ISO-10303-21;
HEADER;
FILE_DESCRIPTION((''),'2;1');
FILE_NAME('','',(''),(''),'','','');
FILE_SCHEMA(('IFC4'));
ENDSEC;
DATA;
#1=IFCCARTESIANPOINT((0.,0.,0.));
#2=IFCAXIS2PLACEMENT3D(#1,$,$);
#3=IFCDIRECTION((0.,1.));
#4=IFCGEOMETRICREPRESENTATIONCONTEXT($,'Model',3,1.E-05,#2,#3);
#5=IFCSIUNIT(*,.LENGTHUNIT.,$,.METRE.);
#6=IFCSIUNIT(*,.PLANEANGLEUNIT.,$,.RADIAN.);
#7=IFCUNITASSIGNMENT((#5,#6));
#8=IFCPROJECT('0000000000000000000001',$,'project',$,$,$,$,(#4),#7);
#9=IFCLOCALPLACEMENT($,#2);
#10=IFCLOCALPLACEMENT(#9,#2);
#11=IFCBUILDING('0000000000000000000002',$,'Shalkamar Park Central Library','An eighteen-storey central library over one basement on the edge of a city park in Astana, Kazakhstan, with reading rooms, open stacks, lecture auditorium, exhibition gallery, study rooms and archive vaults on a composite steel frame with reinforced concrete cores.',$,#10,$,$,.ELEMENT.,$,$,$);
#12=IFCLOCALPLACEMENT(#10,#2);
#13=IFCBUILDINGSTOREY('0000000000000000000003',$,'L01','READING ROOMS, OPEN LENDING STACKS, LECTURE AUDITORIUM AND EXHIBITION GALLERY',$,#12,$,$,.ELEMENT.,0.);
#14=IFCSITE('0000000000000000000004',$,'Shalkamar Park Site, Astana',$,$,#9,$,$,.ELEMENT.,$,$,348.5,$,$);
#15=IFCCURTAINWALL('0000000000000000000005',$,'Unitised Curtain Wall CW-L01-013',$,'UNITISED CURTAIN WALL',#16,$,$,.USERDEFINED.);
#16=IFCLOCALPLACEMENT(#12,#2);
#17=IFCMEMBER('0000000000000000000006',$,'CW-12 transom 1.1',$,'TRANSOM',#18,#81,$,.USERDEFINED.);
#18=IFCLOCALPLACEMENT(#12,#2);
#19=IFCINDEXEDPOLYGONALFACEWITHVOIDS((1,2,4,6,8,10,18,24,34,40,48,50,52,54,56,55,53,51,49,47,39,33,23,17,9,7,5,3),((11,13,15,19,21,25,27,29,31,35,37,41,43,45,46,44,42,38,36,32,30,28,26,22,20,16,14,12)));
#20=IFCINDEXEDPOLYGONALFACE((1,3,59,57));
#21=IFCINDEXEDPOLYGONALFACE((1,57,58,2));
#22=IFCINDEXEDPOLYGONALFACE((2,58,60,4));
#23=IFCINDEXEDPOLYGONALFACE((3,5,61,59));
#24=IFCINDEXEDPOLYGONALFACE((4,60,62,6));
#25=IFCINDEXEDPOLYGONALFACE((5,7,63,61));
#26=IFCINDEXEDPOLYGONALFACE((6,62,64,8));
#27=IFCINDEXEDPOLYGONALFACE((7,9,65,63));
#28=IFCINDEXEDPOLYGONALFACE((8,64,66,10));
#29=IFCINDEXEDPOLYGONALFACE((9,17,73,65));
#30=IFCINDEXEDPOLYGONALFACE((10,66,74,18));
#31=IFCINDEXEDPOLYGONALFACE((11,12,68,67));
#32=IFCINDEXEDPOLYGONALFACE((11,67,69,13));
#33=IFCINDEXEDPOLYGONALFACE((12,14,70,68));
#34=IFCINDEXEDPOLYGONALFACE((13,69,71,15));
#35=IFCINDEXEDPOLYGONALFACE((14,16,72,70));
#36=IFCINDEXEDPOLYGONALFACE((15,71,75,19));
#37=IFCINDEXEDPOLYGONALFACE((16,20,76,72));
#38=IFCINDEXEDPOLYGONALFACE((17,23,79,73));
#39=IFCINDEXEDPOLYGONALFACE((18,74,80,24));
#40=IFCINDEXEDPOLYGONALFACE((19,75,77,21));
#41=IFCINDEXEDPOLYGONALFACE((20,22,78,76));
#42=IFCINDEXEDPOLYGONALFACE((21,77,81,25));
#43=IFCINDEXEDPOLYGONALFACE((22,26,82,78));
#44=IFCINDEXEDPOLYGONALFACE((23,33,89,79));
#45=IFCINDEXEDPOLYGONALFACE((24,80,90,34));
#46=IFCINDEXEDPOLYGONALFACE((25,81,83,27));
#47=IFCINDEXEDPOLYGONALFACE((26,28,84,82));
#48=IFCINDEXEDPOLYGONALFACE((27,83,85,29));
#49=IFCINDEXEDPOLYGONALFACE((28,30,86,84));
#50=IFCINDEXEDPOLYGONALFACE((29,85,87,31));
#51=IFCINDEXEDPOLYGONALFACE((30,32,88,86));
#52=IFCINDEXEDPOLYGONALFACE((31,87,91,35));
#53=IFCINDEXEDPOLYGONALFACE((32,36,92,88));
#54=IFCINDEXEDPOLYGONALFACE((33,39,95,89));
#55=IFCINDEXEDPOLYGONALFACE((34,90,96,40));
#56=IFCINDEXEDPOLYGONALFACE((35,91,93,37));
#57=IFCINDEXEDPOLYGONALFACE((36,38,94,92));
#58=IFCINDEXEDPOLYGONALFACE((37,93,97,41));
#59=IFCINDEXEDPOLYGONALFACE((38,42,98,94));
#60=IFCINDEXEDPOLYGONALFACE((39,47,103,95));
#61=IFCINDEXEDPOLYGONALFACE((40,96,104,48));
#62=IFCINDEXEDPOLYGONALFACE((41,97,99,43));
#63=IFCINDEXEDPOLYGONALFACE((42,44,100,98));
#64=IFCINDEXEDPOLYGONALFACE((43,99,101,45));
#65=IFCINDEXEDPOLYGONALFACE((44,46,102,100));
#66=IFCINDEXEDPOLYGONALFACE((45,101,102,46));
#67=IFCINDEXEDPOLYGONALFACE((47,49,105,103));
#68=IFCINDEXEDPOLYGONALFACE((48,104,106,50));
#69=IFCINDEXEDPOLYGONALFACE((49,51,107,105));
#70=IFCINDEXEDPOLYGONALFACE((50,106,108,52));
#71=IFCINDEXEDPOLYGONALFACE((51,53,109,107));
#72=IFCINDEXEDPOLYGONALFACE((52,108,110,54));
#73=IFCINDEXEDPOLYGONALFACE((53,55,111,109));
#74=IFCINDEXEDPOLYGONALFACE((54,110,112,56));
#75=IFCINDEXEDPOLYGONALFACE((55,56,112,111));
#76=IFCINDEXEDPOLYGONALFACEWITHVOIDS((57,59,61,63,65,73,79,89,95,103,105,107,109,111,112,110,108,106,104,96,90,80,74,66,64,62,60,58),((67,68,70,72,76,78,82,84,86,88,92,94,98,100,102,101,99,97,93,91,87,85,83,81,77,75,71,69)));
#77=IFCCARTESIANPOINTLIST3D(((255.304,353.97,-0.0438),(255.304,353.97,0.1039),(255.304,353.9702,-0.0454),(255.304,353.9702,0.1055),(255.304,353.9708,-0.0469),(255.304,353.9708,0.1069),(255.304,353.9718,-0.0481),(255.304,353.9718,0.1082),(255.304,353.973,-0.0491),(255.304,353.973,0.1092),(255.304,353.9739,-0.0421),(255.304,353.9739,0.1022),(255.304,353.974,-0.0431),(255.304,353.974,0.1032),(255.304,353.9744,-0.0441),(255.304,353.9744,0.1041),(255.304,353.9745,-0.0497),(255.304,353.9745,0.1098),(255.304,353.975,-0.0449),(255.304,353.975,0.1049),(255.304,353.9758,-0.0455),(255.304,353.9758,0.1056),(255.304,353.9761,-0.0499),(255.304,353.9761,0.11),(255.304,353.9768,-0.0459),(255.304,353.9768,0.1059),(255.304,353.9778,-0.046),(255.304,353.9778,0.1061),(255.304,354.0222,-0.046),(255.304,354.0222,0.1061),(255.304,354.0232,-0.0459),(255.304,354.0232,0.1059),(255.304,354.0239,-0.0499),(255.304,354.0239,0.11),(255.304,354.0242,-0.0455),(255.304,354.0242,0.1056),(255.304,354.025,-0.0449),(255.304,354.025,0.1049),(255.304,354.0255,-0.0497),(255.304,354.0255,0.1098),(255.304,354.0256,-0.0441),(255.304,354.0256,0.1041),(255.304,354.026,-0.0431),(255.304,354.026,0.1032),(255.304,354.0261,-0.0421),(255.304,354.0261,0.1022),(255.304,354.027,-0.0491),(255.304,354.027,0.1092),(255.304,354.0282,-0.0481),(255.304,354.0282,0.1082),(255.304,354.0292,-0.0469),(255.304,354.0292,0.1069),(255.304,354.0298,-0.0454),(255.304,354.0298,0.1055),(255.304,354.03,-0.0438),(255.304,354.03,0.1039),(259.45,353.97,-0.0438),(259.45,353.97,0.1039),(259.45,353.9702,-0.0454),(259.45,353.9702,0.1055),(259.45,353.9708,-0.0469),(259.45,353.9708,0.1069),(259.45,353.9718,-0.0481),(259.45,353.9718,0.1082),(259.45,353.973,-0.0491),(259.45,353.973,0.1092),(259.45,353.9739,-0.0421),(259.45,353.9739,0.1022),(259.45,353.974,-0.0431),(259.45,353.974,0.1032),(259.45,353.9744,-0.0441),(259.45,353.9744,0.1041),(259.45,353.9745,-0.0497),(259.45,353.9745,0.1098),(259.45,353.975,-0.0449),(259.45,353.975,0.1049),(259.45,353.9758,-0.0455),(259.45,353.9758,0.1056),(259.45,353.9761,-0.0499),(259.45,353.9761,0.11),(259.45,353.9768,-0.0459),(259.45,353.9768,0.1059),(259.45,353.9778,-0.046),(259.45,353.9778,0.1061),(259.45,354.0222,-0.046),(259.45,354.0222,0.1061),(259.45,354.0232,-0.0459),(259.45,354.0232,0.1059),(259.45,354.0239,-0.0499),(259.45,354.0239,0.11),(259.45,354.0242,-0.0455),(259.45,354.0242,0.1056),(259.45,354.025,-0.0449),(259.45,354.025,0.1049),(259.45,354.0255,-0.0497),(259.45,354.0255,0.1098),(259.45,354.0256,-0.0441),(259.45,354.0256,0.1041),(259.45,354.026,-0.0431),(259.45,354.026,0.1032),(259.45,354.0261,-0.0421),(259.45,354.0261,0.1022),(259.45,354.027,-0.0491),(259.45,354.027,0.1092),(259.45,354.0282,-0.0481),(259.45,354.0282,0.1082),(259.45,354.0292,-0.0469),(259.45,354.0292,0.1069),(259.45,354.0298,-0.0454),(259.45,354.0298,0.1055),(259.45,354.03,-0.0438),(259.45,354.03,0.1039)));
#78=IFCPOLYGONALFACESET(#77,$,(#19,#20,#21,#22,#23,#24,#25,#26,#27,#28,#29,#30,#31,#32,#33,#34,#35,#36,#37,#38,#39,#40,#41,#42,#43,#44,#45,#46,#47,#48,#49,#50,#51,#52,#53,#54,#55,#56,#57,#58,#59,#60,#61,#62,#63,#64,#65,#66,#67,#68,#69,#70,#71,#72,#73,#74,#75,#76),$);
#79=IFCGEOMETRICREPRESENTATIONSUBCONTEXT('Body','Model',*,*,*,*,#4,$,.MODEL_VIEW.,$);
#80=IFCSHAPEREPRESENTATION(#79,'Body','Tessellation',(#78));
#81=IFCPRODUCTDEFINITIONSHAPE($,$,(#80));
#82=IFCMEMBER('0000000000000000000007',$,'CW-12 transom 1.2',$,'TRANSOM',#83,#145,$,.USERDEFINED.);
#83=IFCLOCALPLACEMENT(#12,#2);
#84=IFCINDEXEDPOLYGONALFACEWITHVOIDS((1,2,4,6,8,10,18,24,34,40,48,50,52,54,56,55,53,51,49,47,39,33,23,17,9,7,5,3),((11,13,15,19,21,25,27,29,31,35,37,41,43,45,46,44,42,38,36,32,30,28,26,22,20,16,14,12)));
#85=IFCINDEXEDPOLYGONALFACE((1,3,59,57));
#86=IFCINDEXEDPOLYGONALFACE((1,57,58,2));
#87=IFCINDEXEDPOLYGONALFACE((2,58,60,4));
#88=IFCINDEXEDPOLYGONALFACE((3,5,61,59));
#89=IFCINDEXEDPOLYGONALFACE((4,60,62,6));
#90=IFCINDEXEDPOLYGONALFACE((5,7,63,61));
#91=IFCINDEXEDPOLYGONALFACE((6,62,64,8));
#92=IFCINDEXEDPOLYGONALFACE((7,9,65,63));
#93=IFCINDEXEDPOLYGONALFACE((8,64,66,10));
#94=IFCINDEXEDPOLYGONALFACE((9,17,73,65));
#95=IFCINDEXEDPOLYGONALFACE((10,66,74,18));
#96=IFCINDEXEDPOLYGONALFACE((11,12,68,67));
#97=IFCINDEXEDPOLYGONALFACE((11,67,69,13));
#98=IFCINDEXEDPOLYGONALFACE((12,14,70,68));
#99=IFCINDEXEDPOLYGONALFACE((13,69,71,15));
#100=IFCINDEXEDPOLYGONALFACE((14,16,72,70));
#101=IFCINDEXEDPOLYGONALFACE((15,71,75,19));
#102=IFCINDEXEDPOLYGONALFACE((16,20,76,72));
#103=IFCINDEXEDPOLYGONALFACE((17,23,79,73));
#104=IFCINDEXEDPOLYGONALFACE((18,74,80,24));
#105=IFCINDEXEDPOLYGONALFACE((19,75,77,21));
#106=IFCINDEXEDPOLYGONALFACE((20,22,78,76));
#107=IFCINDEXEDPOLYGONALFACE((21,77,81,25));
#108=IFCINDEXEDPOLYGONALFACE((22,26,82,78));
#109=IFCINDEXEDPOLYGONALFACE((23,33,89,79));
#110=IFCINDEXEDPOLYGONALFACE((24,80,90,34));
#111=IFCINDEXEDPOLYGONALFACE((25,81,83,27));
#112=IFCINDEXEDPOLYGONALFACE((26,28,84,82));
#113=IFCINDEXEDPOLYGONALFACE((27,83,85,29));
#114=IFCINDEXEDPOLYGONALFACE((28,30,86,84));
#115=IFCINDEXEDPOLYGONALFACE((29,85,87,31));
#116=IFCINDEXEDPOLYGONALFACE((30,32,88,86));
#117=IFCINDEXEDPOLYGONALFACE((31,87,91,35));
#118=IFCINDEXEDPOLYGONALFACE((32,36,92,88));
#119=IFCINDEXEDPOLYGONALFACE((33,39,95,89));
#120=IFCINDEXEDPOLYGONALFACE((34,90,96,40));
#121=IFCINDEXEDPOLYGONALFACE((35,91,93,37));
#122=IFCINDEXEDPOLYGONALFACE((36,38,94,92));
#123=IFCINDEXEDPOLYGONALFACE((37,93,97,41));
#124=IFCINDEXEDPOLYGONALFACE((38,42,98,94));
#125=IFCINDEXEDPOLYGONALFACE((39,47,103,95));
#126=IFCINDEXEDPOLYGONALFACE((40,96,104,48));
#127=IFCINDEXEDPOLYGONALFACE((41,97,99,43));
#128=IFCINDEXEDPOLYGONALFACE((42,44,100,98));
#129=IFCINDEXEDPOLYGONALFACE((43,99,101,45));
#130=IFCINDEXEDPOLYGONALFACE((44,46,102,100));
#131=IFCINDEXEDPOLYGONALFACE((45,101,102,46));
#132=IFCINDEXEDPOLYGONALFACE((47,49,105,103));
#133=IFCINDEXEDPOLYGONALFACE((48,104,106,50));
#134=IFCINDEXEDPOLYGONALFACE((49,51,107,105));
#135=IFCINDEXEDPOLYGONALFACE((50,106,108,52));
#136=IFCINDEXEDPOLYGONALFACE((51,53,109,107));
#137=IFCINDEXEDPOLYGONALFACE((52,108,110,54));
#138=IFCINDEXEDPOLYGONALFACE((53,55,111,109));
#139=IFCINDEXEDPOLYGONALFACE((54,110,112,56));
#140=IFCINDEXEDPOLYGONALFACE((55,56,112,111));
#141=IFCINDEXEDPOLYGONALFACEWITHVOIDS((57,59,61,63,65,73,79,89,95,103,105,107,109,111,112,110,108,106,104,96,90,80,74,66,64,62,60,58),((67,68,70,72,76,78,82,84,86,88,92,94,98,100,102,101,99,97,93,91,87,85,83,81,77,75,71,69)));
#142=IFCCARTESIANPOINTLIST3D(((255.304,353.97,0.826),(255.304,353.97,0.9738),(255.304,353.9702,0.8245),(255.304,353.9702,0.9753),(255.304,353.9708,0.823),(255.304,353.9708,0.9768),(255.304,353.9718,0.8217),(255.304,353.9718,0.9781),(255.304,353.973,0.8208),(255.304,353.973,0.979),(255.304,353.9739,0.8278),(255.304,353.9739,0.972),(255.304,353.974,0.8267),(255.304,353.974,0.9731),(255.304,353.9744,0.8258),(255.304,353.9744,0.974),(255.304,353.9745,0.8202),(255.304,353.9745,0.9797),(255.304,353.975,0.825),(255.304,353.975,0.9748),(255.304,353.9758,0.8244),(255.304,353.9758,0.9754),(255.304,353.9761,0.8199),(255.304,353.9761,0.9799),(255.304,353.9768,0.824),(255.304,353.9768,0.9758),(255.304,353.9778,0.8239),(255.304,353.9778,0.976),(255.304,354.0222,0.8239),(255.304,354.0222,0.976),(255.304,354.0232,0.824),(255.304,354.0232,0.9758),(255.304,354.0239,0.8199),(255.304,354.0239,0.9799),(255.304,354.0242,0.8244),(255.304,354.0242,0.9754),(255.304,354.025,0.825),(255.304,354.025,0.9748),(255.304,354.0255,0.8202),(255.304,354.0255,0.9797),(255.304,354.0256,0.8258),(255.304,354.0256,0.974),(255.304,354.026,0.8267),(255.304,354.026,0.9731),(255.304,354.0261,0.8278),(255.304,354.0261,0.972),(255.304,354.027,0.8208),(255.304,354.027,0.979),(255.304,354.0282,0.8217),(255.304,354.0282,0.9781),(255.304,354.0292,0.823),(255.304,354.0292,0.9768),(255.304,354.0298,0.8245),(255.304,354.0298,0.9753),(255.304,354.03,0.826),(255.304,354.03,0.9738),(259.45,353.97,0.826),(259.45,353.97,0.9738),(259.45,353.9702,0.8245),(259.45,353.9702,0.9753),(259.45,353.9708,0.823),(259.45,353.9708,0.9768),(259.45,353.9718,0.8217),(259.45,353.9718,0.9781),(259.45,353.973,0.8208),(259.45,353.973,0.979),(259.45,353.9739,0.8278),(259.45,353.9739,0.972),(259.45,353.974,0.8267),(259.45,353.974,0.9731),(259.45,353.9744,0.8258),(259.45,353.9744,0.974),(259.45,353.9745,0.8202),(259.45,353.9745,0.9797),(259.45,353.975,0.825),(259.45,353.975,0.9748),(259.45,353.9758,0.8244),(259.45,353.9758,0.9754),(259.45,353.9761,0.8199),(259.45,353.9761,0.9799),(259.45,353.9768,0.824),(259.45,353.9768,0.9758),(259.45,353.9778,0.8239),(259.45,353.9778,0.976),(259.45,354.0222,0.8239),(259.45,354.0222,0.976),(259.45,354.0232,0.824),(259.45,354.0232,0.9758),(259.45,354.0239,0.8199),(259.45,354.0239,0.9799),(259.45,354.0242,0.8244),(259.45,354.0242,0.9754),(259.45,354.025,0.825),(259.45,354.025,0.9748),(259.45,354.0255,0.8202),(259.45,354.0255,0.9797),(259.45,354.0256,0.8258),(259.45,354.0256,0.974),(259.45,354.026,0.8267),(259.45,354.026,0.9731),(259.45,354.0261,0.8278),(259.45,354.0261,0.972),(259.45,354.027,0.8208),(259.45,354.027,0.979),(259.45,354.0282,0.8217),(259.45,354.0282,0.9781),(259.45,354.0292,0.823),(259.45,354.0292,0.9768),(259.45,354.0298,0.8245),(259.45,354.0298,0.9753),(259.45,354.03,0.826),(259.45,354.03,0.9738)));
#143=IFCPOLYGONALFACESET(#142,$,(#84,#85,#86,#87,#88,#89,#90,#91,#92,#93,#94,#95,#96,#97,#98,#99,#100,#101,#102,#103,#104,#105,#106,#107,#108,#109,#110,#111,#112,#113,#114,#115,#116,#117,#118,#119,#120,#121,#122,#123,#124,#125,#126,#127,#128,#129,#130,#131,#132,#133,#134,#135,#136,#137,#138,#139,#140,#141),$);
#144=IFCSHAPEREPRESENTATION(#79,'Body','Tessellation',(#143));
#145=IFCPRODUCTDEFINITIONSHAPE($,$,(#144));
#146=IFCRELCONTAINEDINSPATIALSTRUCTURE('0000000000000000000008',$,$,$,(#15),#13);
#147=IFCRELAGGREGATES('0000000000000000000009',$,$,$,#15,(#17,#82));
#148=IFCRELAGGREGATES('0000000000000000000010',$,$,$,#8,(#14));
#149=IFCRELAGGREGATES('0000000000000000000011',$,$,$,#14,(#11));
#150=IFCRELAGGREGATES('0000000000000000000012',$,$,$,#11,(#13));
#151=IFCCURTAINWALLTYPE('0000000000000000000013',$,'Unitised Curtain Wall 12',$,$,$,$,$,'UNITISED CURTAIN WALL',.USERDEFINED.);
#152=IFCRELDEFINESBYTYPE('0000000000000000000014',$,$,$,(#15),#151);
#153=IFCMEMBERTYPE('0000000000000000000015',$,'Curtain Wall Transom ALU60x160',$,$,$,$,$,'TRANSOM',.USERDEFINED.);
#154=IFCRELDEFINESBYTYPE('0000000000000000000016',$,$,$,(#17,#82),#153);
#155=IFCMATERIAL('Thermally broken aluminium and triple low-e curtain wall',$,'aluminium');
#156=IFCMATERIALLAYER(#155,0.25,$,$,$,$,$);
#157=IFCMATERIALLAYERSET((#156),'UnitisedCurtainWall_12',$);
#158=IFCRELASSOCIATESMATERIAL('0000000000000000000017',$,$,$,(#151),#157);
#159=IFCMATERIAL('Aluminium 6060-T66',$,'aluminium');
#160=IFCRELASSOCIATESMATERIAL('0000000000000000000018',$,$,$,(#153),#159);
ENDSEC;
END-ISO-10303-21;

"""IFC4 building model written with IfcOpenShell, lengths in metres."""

from ifc_helpers import new_model, si_unit, direction, frame, origin, origin_2d, place, context, subcontext, project, spatial, hollow_rectangle, extrude, material, layer, layer_set, material_profile, profile_set, type_object, element, aggregate, save


model = new_model("IFC4")

# Units and contexts
model_context = context("Model", 3, precision=1e-05, world=origin(), true_north=direction((0.0, 1.0)))
body_context = subcontext(model_context, "Body", "Model", "MODEL_VIEW")
ifc_project = project(units=[si_unit("LENGTHUNIT", "METRE"), si_unit("PLANEANGLEUNIT", "RADIAN")], contexts=[model_context])

# Site, building, storey
site_placement = place(None, origin())
site = spatial("IfcSite", under=ifc_project, at=site_placement, Name="Shalkamar Park Site, Astana", CompositionType="ELEMENT", RefElevation=348.5)
building_placement = place(site_placement, origin())
building = spatial("IfcBuilding", under=site, at=building_placement, Name="Shalkamar Park Central Library", Description="An eighteen-storey central library over one basement on the edge of a city park in Astana, Kazakhstan, with reading rooms, open stacks, lecture auditorium, exhibition gallery, study rooms and archive vaults on a composite steel frame with reinforced concrete cores.", CompositionType="ELEMENT")
storey_placement = place(building_placement, origin())
storey = spatial("IfcBuildingStorey", under=building, at=storey_placement, Name="L01", Description="READING ROOMS, OPEN LENDING STACKS, LECTURE AUDITORIUM AND EXHIBITION GALLERY", CompositionType="ELEMENT", Elevation=0.0)

# Curtain wall, members
ifc_material_1 = material(Name="Thermally broken aluminium and triple low-e curtain wall", Category="aluminium")
ifc_layer_1 = layer(ifc_material_1, 0.25)
ifc_layer_set_1 = layer_set([ifc_layer_1], Name="UnitisedCurtainWall_12")
curtain_wall_type = type_object("IfcCurtainWallType", Name="Unitised Curtain Wall 12", ElementType="UNITISED CURTAIN WALL", PredefinedType="USERDEFINED", material=ifc_layer_set_1)
curtain_wall_placement = place(storey_placement, origin())
curtain_wall = element("IfcCurtainWall", 1, at=curtain_wall_placement, inside=storey, type_object=curtain_wall_type, Name="Unitised Curtain Wall CW-L01-013", ObjectType="UNITISED CURTAIN WALL", PredefinedType="USERDEFINED")
ifc_material_2 = material(Name="Aluminium 6060-T66", Category="aluminium")
ifc_material_profile_1 = material_profile(ifc_material_2, hollow_rectangle(XDim=0.0601, YDim=0.1599, WallThickness=0.0039, InnerFilletRadius=0.0039, OuterFilletRadius=0.0061, at=origin_2d()), Name="ALU 60x160x4")
ifc_profile_set_1 = profile_set([ifc_material_profile_1], Name="Aluminium 6060-T66")
member_type_1 = type_object("IfcMemberType", Name="Curtain Wall Transom ALU60x160", ElementType="TRANSOM", PredefinedType="USERDEFINED", material=ifc_profile_set_1)
member_1_placement = place(storey_placement, frame((255.304, 354.0, 0.03), z_axis=(1.0, 0.0, 0.0), x_axis=(0.0, 1.0, 0.0)))
member_1 = element("IfcMember", 2, at=member_1_placement, type_object=member_type_1, Name="CW-12 transom 1.1", ObjectType="TRANSOM", PredefinedType="USERDEFINED", context=body_context, shape_type="SweptSolid", body=[
    extrude(hollow_rectangle(XDim=0.0601, YDim=0.1599, WallThickness=0.0039, InnerFilletRadius=0.0039, OuterFilletRadius=0.0061, at=origin_2d()), origin(), (0.0, 0.0, 1.0), 4.146),
])
member_2_placement = place(storey_placement, frame((255.304, 354.0, 0.8999), z_axis=(1.0, 0.0, 0.0), x_axis=(0.0, 1.0, 0.0)))
member_2 = element("IfcMember", 3, at=member_2_placement, type_object=member_type_1, Name="CW-12 transom 1.2", ObjectType="TRANSOM", PredefinedType="USERDEFINED", context=body_context, shape_type="SweptSolid", body=[
    extrude(hollow_rectangle(XDim=0.0601, YDim=0.1599, WallThickness=0.0039, InnerFilletRadius=0.0039, OuterFilletRadius=0.0061, at=origin_2d()), origin(), (0.0, 0.0, 1.0), 4.146),
])

aggregate(curtain_wall, [member_1, member_2])

save(model, "model.ifc")
